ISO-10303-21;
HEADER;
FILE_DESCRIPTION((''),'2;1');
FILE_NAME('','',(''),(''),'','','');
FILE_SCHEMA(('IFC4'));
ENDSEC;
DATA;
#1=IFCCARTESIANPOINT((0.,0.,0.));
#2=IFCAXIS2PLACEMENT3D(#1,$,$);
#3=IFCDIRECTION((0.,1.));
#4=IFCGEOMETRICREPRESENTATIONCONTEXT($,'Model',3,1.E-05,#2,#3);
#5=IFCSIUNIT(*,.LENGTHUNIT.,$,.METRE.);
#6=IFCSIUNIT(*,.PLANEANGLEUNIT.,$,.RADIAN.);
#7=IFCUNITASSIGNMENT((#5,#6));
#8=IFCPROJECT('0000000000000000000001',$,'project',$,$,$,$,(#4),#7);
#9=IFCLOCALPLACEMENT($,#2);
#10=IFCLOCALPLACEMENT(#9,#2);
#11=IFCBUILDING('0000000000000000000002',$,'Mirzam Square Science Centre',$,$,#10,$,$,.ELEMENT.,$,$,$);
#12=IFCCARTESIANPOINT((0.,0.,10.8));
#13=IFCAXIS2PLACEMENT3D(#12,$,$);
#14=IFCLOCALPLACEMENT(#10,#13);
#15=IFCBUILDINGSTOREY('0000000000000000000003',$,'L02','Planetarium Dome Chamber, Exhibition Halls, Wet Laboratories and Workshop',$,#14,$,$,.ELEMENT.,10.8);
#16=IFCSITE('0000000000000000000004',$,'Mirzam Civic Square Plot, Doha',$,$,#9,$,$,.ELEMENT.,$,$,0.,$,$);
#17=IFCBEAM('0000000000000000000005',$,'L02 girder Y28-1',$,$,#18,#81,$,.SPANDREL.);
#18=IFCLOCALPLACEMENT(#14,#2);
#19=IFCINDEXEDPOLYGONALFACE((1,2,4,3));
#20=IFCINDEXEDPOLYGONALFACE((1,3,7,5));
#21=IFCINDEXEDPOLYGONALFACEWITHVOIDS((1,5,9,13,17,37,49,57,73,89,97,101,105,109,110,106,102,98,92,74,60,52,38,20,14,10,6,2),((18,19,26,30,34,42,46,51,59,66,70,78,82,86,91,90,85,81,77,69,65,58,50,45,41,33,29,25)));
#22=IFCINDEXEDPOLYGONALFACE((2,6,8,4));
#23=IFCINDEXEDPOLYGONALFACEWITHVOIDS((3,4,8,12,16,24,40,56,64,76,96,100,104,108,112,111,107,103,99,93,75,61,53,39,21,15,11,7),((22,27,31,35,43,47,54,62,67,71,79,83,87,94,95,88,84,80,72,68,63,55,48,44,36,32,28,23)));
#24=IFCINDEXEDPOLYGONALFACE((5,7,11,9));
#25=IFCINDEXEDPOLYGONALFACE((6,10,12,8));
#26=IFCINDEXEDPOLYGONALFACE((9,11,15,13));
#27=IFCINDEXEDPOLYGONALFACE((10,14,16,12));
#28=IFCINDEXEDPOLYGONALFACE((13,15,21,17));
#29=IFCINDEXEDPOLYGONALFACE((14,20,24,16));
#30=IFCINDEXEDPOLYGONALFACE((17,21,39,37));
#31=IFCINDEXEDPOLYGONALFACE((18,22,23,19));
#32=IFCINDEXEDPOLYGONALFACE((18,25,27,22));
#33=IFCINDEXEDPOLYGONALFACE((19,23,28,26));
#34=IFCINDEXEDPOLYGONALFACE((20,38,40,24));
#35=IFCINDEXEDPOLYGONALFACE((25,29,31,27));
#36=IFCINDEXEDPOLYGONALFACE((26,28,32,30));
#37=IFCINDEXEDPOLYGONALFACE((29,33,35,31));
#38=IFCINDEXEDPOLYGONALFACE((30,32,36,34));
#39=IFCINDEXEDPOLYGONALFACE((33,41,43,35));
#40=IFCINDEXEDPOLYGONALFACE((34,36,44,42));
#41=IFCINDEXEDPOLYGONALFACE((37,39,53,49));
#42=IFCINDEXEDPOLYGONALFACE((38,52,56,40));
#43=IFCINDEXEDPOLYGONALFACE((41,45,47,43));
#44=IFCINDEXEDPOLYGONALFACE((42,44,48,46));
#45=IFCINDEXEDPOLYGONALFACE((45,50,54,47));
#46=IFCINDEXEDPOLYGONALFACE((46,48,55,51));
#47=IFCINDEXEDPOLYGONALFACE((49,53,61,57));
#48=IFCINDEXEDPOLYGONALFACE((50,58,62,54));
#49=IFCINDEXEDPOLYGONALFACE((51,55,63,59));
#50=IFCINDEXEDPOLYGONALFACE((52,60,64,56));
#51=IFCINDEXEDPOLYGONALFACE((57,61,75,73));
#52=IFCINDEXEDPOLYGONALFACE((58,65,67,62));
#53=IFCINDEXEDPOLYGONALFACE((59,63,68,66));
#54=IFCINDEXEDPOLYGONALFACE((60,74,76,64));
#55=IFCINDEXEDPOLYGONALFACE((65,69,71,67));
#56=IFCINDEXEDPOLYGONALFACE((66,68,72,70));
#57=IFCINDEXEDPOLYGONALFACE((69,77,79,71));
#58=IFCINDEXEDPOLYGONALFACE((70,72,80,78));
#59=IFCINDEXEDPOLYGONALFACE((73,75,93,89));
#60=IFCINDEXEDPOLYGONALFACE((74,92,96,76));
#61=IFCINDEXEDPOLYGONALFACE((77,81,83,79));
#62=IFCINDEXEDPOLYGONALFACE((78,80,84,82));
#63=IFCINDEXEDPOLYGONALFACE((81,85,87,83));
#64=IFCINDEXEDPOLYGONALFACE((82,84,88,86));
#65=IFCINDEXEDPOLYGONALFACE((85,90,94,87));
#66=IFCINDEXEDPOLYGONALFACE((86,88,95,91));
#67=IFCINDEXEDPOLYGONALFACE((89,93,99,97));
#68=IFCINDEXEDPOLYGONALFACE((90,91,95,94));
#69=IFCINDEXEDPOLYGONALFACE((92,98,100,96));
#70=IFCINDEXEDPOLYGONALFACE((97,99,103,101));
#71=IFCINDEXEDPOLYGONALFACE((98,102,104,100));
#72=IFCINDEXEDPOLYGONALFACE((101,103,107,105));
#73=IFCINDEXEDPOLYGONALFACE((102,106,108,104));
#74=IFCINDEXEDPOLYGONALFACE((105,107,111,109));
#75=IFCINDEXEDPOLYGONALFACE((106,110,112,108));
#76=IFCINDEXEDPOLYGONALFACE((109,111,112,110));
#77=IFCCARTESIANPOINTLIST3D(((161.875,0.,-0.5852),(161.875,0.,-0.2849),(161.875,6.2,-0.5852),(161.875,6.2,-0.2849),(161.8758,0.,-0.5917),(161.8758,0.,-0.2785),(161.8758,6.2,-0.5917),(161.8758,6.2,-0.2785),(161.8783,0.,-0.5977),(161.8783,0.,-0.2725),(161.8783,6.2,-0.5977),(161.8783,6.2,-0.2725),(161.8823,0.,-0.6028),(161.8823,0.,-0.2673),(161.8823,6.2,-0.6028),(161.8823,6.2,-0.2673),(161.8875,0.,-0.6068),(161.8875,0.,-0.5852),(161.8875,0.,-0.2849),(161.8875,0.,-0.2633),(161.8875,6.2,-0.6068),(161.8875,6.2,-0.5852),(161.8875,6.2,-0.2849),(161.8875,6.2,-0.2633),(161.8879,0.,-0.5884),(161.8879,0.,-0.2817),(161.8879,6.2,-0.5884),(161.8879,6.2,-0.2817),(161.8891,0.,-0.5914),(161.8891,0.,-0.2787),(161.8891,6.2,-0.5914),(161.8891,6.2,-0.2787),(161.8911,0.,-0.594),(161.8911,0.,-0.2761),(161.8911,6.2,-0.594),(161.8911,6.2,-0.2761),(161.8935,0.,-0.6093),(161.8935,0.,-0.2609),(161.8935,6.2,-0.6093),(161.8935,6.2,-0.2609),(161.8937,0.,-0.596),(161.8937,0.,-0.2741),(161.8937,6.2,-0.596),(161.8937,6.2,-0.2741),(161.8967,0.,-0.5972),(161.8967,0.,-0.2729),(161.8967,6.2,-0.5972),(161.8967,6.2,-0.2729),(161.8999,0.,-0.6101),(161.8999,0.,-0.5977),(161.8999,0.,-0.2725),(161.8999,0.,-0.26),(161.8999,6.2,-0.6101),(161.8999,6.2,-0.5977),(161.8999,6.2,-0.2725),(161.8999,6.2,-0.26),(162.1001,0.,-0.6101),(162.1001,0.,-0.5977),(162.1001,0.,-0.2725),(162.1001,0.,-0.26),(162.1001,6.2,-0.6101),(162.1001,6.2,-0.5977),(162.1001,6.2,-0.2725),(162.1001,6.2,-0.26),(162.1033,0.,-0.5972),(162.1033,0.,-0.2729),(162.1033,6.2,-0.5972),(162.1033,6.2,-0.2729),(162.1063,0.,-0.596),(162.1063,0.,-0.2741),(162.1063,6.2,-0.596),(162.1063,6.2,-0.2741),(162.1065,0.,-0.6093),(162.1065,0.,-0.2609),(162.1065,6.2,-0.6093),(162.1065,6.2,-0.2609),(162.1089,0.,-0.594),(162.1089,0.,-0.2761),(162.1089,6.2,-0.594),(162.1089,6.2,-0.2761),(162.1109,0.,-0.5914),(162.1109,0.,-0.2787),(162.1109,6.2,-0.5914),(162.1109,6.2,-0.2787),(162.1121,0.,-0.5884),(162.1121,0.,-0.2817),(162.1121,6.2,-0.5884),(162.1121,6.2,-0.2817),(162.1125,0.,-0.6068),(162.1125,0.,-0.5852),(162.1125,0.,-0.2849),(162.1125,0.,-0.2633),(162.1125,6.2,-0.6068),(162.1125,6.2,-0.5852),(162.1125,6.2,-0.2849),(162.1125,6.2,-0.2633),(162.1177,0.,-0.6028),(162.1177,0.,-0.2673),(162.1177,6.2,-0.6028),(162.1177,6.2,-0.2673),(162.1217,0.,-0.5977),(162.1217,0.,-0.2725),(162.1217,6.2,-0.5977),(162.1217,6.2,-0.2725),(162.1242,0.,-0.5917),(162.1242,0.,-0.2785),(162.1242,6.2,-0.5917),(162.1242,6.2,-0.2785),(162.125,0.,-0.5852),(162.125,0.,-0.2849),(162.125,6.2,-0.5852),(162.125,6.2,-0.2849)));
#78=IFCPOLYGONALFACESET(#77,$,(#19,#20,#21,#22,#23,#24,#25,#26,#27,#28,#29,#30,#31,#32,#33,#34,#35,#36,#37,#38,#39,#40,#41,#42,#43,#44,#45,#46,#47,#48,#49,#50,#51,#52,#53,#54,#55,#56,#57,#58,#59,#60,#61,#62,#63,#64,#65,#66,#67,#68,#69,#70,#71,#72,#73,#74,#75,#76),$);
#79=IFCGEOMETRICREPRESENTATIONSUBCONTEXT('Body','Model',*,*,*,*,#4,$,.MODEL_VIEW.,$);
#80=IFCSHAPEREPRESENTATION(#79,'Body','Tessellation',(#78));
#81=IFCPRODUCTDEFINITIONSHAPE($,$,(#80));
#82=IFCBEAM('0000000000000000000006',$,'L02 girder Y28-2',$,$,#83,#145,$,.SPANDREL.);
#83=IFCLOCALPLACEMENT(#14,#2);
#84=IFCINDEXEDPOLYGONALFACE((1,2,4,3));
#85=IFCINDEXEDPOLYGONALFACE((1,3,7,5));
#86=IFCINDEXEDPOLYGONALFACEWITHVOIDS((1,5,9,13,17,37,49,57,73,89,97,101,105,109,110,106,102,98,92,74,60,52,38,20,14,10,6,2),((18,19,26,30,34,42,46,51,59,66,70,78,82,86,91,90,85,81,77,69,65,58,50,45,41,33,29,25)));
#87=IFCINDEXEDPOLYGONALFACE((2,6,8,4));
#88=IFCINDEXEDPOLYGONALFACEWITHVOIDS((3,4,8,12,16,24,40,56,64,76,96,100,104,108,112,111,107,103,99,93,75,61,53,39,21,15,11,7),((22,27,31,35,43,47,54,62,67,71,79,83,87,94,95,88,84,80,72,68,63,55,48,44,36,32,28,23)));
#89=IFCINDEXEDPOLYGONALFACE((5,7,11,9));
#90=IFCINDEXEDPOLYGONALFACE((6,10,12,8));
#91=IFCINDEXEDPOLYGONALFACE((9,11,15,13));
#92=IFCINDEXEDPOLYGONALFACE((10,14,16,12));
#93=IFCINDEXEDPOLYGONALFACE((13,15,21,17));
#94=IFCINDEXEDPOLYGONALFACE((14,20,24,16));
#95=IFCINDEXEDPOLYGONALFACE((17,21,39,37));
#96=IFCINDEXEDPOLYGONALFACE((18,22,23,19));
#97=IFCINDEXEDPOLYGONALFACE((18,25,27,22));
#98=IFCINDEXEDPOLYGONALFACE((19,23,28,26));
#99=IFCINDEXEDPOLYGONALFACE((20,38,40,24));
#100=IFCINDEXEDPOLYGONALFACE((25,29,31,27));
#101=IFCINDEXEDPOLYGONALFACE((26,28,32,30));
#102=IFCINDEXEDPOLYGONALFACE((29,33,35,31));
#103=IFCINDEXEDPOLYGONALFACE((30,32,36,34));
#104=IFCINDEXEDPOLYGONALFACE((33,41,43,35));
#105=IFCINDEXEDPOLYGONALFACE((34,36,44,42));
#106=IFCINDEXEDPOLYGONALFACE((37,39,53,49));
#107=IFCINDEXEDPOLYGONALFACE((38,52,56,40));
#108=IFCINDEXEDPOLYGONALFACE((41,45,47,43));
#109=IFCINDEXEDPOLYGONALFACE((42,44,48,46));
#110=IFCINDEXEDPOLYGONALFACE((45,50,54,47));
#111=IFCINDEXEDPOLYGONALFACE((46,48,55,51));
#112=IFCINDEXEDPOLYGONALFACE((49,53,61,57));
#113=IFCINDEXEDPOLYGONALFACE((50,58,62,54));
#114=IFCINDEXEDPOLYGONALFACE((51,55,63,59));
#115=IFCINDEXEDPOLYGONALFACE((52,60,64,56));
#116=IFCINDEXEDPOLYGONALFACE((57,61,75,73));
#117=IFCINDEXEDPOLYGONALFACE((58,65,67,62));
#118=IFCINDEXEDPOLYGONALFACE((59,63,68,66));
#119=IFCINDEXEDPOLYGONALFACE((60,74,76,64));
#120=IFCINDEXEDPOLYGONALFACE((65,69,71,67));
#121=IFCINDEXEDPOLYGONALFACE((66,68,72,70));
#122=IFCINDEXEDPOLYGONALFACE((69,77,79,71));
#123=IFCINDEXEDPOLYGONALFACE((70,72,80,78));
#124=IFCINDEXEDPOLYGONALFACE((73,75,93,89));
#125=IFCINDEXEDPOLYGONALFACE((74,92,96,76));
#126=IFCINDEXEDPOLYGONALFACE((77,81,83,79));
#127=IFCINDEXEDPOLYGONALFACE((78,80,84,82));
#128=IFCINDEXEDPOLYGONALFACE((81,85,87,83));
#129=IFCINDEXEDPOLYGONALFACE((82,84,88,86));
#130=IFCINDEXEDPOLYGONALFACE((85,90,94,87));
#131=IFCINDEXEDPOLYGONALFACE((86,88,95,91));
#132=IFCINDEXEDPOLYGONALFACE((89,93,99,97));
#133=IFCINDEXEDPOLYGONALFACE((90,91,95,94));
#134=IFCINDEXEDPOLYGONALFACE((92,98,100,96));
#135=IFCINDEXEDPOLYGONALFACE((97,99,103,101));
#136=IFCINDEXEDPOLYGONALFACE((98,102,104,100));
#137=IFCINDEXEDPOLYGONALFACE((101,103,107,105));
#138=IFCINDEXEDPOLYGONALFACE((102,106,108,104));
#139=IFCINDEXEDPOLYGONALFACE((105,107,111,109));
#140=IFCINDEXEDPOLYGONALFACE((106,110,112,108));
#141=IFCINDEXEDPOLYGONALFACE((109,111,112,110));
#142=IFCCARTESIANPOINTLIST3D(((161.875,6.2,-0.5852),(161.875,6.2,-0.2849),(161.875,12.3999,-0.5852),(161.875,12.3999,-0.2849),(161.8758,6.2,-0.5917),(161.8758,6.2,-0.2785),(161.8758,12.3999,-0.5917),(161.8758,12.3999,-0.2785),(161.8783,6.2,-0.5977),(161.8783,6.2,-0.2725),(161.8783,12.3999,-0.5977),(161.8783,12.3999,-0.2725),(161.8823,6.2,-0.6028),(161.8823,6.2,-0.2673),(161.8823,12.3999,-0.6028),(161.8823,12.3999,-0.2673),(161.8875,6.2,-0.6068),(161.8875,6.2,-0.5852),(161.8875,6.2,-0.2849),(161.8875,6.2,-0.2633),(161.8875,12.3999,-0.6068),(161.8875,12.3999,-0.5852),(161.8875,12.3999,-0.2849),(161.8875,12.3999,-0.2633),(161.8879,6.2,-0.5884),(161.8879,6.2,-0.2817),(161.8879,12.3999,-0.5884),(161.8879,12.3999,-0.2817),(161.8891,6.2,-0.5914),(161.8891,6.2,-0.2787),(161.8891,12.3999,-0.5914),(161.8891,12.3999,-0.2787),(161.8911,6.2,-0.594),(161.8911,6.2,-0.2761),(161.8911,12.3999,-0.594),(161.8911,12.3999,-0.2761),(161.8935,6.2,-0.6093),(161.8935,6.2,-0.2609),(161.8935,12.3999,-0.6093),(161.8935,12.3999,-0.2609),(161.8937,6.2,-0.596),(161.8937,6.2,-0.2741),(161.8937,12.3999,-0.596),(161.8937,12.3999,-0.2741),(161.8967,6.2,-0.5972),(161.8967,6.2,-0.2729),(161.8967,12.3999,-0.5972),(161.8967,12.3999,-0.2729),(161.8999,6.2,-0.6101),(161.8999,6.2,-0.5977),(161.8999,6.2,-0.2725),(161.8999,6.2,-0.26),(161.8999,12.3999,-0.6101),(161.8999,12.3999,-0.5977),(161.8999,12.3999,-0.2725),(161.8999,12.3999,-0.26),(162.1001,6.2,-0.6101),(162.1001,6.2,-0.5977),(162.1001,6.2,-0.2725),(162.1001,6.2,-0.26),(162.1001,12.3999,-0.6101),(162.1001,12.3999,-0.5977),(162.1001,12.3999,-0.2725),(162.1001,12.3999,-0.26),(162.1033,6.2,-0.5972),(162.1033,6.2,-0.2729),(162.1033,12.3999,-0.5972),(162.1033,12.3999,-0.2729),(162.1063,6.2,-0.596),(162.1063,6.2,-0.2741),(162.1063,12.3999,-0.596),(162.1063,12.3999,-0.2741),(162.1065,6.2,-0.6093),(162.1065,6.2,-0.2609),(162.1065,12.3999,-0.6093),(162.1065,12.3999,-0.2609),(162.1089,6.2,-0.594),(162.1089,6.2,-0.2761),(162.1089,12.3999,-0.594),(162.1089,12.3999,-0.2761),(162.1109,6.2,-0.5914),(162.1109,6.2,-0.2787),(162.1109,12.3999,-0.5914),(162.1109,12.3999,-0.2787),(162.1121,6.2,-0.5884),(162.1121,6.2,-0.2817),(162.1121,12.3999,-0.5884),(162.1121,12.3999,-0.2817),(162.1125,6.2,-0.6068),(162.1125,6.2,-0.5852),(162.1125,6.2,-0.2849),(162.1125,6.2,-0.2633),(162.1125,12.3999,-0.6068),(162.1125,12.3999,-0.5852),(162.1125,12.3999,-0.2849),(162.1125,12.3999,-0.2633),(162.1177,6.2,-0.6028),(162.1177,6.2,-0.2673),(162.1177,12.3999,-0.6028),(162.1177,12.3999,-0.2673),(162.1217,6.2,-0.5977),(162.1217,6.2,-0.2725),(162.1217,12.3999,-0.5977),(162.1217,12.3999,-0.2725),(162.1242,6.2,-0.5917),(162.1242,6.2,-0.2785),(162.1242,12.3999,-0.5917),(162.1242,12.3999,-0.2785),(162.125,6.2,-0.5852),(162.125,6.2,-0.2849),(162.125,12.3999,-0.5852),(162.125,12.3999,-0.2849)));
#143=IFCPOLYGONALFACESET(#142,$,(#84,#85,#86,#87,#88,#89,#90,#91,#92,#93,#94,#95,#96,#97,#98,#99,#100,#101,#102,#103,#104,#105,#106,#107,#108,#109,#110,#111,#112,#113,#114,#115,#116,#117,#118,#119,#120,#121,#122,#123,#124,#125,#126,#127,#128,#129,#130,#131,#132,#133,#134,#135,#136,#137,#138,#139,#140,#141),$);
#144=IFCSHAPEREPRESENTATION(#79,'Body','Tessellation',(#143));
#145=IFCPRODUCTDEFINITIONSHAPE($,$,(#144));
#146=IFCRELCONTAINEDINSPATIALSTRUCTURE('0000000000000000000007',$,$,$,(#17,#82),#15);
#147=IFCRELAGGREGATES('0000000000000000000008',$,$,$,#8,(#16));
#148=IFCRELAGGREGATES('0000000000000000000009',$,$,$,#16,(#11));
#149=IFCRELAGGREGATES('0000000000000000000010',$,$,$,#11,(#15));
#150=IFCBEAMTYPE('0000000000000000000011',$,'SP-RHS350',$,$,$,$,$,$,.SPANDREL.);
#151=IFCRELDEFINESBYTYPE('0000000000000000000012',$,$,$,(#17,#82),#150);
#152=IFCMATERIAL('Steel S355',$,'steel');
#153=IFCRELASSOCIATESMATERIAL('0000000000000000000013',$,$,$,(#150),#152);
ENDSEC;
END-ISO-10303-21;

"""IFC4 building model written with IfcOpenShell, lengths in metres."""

from ifc_helpers import new_model, si_unit, direction, frame, origin, origin_2d, place, context, subcontext, project, spatial, hollow_rectangle, extrude, material, material_profile, profile_set, type_object, element, save


model = new_model("IFC4")

# Units and contexts
model_context = context("Model", 3, precision=1e-05, world=origin(), true_north=direction((0.0, 1.0)))
body_context = subcontext(model_context, "Body", "Model", "MODEL_VIEW")
ifc_project = project(units=[si_unit("LENGTHUNIT", "METRE"), si_unit("PLANEANGLEUNIT", "RADIAN")], contexts=[model_context])

# Site, building, storey
site_placement = place(None, origin())
site = spatial("IfcSite", under=ifc_project, at=site_placement, Name="Mirzam Civic Square Plot, Doha", CompositionType="ELEMENT", RefElevation=0.0)
building_placement = place(site_placement, origin())
building = spatial("IfcBuilding", under=site, at=building_placement, Name="Mirzam Square Science Centre", CompositionType="ELEMENT")
storey_placement = place(building_placement, frame((0.0, 0.0, 10.8)))
storey = spatial("IfcBuildingStorey", under=building, at=storey_placement, Name="L02", Description="Planetarium Dome Chamber, Exhibition Halls, Wet Laboratories and Workshop", CompositionType="ELEMENT", Elevation=10.8)

# Shared definitions
ifc_material_1 = material(Name="Steel S355", Category="steel")

# Beams
ifc_material_profile_1 = material_profile(ifc_material_1, hollow_rectangle(XDim=0.25, YDim=0.3501, WallThickness=0.0125, InnerFilletRadius=0.0125, OuterFilletRadius=0.0249, at=origin_2d()), Name="350x250x12.5RHS")
ifc_profile_set_1 = profile_set([ifc_material_profile_1], Name="Steel S355")
beam_type_1 = type_object("IfcBeamType", Name="SP-RHS350", PredefinedType="SPANDREL", material=ifc_profile_set_1)
for number, where, z_axis, x_axis, name in (
    (1, (162.0, 0.0, -0.4351), (0.0, 1.0, 0.0), (-1.0, 0.0, 0.0), "L02 girder Y28-1"),
    (2, (162.0, 6.2, -0.4351), (0.0, 1.0, 0.0), (-1.0, 0.0, 0.0), "L02 girder Y28-2"),
):
    element("IfcBeam", number, at=place(storey_placement, frame(where, z_axis=z_axis, x_axis=x_axis)), inside=storey, type_object=beam_type_1, Name=name, PredefinedType="SPANDREL", context=body_context, shape_type="SweptSolid", body=[
        extrude(hollow_rectangle(XDim=0.25, YDim=0.3501, WallThickness=0.0125, InnerFilletRadius=0.0125, OuterFilletRadius=0.0249, at=origin_2d()), origin(), (0.0, 0.0, 1.0), 6.2),
    ])

save(model, "model.ifc")
